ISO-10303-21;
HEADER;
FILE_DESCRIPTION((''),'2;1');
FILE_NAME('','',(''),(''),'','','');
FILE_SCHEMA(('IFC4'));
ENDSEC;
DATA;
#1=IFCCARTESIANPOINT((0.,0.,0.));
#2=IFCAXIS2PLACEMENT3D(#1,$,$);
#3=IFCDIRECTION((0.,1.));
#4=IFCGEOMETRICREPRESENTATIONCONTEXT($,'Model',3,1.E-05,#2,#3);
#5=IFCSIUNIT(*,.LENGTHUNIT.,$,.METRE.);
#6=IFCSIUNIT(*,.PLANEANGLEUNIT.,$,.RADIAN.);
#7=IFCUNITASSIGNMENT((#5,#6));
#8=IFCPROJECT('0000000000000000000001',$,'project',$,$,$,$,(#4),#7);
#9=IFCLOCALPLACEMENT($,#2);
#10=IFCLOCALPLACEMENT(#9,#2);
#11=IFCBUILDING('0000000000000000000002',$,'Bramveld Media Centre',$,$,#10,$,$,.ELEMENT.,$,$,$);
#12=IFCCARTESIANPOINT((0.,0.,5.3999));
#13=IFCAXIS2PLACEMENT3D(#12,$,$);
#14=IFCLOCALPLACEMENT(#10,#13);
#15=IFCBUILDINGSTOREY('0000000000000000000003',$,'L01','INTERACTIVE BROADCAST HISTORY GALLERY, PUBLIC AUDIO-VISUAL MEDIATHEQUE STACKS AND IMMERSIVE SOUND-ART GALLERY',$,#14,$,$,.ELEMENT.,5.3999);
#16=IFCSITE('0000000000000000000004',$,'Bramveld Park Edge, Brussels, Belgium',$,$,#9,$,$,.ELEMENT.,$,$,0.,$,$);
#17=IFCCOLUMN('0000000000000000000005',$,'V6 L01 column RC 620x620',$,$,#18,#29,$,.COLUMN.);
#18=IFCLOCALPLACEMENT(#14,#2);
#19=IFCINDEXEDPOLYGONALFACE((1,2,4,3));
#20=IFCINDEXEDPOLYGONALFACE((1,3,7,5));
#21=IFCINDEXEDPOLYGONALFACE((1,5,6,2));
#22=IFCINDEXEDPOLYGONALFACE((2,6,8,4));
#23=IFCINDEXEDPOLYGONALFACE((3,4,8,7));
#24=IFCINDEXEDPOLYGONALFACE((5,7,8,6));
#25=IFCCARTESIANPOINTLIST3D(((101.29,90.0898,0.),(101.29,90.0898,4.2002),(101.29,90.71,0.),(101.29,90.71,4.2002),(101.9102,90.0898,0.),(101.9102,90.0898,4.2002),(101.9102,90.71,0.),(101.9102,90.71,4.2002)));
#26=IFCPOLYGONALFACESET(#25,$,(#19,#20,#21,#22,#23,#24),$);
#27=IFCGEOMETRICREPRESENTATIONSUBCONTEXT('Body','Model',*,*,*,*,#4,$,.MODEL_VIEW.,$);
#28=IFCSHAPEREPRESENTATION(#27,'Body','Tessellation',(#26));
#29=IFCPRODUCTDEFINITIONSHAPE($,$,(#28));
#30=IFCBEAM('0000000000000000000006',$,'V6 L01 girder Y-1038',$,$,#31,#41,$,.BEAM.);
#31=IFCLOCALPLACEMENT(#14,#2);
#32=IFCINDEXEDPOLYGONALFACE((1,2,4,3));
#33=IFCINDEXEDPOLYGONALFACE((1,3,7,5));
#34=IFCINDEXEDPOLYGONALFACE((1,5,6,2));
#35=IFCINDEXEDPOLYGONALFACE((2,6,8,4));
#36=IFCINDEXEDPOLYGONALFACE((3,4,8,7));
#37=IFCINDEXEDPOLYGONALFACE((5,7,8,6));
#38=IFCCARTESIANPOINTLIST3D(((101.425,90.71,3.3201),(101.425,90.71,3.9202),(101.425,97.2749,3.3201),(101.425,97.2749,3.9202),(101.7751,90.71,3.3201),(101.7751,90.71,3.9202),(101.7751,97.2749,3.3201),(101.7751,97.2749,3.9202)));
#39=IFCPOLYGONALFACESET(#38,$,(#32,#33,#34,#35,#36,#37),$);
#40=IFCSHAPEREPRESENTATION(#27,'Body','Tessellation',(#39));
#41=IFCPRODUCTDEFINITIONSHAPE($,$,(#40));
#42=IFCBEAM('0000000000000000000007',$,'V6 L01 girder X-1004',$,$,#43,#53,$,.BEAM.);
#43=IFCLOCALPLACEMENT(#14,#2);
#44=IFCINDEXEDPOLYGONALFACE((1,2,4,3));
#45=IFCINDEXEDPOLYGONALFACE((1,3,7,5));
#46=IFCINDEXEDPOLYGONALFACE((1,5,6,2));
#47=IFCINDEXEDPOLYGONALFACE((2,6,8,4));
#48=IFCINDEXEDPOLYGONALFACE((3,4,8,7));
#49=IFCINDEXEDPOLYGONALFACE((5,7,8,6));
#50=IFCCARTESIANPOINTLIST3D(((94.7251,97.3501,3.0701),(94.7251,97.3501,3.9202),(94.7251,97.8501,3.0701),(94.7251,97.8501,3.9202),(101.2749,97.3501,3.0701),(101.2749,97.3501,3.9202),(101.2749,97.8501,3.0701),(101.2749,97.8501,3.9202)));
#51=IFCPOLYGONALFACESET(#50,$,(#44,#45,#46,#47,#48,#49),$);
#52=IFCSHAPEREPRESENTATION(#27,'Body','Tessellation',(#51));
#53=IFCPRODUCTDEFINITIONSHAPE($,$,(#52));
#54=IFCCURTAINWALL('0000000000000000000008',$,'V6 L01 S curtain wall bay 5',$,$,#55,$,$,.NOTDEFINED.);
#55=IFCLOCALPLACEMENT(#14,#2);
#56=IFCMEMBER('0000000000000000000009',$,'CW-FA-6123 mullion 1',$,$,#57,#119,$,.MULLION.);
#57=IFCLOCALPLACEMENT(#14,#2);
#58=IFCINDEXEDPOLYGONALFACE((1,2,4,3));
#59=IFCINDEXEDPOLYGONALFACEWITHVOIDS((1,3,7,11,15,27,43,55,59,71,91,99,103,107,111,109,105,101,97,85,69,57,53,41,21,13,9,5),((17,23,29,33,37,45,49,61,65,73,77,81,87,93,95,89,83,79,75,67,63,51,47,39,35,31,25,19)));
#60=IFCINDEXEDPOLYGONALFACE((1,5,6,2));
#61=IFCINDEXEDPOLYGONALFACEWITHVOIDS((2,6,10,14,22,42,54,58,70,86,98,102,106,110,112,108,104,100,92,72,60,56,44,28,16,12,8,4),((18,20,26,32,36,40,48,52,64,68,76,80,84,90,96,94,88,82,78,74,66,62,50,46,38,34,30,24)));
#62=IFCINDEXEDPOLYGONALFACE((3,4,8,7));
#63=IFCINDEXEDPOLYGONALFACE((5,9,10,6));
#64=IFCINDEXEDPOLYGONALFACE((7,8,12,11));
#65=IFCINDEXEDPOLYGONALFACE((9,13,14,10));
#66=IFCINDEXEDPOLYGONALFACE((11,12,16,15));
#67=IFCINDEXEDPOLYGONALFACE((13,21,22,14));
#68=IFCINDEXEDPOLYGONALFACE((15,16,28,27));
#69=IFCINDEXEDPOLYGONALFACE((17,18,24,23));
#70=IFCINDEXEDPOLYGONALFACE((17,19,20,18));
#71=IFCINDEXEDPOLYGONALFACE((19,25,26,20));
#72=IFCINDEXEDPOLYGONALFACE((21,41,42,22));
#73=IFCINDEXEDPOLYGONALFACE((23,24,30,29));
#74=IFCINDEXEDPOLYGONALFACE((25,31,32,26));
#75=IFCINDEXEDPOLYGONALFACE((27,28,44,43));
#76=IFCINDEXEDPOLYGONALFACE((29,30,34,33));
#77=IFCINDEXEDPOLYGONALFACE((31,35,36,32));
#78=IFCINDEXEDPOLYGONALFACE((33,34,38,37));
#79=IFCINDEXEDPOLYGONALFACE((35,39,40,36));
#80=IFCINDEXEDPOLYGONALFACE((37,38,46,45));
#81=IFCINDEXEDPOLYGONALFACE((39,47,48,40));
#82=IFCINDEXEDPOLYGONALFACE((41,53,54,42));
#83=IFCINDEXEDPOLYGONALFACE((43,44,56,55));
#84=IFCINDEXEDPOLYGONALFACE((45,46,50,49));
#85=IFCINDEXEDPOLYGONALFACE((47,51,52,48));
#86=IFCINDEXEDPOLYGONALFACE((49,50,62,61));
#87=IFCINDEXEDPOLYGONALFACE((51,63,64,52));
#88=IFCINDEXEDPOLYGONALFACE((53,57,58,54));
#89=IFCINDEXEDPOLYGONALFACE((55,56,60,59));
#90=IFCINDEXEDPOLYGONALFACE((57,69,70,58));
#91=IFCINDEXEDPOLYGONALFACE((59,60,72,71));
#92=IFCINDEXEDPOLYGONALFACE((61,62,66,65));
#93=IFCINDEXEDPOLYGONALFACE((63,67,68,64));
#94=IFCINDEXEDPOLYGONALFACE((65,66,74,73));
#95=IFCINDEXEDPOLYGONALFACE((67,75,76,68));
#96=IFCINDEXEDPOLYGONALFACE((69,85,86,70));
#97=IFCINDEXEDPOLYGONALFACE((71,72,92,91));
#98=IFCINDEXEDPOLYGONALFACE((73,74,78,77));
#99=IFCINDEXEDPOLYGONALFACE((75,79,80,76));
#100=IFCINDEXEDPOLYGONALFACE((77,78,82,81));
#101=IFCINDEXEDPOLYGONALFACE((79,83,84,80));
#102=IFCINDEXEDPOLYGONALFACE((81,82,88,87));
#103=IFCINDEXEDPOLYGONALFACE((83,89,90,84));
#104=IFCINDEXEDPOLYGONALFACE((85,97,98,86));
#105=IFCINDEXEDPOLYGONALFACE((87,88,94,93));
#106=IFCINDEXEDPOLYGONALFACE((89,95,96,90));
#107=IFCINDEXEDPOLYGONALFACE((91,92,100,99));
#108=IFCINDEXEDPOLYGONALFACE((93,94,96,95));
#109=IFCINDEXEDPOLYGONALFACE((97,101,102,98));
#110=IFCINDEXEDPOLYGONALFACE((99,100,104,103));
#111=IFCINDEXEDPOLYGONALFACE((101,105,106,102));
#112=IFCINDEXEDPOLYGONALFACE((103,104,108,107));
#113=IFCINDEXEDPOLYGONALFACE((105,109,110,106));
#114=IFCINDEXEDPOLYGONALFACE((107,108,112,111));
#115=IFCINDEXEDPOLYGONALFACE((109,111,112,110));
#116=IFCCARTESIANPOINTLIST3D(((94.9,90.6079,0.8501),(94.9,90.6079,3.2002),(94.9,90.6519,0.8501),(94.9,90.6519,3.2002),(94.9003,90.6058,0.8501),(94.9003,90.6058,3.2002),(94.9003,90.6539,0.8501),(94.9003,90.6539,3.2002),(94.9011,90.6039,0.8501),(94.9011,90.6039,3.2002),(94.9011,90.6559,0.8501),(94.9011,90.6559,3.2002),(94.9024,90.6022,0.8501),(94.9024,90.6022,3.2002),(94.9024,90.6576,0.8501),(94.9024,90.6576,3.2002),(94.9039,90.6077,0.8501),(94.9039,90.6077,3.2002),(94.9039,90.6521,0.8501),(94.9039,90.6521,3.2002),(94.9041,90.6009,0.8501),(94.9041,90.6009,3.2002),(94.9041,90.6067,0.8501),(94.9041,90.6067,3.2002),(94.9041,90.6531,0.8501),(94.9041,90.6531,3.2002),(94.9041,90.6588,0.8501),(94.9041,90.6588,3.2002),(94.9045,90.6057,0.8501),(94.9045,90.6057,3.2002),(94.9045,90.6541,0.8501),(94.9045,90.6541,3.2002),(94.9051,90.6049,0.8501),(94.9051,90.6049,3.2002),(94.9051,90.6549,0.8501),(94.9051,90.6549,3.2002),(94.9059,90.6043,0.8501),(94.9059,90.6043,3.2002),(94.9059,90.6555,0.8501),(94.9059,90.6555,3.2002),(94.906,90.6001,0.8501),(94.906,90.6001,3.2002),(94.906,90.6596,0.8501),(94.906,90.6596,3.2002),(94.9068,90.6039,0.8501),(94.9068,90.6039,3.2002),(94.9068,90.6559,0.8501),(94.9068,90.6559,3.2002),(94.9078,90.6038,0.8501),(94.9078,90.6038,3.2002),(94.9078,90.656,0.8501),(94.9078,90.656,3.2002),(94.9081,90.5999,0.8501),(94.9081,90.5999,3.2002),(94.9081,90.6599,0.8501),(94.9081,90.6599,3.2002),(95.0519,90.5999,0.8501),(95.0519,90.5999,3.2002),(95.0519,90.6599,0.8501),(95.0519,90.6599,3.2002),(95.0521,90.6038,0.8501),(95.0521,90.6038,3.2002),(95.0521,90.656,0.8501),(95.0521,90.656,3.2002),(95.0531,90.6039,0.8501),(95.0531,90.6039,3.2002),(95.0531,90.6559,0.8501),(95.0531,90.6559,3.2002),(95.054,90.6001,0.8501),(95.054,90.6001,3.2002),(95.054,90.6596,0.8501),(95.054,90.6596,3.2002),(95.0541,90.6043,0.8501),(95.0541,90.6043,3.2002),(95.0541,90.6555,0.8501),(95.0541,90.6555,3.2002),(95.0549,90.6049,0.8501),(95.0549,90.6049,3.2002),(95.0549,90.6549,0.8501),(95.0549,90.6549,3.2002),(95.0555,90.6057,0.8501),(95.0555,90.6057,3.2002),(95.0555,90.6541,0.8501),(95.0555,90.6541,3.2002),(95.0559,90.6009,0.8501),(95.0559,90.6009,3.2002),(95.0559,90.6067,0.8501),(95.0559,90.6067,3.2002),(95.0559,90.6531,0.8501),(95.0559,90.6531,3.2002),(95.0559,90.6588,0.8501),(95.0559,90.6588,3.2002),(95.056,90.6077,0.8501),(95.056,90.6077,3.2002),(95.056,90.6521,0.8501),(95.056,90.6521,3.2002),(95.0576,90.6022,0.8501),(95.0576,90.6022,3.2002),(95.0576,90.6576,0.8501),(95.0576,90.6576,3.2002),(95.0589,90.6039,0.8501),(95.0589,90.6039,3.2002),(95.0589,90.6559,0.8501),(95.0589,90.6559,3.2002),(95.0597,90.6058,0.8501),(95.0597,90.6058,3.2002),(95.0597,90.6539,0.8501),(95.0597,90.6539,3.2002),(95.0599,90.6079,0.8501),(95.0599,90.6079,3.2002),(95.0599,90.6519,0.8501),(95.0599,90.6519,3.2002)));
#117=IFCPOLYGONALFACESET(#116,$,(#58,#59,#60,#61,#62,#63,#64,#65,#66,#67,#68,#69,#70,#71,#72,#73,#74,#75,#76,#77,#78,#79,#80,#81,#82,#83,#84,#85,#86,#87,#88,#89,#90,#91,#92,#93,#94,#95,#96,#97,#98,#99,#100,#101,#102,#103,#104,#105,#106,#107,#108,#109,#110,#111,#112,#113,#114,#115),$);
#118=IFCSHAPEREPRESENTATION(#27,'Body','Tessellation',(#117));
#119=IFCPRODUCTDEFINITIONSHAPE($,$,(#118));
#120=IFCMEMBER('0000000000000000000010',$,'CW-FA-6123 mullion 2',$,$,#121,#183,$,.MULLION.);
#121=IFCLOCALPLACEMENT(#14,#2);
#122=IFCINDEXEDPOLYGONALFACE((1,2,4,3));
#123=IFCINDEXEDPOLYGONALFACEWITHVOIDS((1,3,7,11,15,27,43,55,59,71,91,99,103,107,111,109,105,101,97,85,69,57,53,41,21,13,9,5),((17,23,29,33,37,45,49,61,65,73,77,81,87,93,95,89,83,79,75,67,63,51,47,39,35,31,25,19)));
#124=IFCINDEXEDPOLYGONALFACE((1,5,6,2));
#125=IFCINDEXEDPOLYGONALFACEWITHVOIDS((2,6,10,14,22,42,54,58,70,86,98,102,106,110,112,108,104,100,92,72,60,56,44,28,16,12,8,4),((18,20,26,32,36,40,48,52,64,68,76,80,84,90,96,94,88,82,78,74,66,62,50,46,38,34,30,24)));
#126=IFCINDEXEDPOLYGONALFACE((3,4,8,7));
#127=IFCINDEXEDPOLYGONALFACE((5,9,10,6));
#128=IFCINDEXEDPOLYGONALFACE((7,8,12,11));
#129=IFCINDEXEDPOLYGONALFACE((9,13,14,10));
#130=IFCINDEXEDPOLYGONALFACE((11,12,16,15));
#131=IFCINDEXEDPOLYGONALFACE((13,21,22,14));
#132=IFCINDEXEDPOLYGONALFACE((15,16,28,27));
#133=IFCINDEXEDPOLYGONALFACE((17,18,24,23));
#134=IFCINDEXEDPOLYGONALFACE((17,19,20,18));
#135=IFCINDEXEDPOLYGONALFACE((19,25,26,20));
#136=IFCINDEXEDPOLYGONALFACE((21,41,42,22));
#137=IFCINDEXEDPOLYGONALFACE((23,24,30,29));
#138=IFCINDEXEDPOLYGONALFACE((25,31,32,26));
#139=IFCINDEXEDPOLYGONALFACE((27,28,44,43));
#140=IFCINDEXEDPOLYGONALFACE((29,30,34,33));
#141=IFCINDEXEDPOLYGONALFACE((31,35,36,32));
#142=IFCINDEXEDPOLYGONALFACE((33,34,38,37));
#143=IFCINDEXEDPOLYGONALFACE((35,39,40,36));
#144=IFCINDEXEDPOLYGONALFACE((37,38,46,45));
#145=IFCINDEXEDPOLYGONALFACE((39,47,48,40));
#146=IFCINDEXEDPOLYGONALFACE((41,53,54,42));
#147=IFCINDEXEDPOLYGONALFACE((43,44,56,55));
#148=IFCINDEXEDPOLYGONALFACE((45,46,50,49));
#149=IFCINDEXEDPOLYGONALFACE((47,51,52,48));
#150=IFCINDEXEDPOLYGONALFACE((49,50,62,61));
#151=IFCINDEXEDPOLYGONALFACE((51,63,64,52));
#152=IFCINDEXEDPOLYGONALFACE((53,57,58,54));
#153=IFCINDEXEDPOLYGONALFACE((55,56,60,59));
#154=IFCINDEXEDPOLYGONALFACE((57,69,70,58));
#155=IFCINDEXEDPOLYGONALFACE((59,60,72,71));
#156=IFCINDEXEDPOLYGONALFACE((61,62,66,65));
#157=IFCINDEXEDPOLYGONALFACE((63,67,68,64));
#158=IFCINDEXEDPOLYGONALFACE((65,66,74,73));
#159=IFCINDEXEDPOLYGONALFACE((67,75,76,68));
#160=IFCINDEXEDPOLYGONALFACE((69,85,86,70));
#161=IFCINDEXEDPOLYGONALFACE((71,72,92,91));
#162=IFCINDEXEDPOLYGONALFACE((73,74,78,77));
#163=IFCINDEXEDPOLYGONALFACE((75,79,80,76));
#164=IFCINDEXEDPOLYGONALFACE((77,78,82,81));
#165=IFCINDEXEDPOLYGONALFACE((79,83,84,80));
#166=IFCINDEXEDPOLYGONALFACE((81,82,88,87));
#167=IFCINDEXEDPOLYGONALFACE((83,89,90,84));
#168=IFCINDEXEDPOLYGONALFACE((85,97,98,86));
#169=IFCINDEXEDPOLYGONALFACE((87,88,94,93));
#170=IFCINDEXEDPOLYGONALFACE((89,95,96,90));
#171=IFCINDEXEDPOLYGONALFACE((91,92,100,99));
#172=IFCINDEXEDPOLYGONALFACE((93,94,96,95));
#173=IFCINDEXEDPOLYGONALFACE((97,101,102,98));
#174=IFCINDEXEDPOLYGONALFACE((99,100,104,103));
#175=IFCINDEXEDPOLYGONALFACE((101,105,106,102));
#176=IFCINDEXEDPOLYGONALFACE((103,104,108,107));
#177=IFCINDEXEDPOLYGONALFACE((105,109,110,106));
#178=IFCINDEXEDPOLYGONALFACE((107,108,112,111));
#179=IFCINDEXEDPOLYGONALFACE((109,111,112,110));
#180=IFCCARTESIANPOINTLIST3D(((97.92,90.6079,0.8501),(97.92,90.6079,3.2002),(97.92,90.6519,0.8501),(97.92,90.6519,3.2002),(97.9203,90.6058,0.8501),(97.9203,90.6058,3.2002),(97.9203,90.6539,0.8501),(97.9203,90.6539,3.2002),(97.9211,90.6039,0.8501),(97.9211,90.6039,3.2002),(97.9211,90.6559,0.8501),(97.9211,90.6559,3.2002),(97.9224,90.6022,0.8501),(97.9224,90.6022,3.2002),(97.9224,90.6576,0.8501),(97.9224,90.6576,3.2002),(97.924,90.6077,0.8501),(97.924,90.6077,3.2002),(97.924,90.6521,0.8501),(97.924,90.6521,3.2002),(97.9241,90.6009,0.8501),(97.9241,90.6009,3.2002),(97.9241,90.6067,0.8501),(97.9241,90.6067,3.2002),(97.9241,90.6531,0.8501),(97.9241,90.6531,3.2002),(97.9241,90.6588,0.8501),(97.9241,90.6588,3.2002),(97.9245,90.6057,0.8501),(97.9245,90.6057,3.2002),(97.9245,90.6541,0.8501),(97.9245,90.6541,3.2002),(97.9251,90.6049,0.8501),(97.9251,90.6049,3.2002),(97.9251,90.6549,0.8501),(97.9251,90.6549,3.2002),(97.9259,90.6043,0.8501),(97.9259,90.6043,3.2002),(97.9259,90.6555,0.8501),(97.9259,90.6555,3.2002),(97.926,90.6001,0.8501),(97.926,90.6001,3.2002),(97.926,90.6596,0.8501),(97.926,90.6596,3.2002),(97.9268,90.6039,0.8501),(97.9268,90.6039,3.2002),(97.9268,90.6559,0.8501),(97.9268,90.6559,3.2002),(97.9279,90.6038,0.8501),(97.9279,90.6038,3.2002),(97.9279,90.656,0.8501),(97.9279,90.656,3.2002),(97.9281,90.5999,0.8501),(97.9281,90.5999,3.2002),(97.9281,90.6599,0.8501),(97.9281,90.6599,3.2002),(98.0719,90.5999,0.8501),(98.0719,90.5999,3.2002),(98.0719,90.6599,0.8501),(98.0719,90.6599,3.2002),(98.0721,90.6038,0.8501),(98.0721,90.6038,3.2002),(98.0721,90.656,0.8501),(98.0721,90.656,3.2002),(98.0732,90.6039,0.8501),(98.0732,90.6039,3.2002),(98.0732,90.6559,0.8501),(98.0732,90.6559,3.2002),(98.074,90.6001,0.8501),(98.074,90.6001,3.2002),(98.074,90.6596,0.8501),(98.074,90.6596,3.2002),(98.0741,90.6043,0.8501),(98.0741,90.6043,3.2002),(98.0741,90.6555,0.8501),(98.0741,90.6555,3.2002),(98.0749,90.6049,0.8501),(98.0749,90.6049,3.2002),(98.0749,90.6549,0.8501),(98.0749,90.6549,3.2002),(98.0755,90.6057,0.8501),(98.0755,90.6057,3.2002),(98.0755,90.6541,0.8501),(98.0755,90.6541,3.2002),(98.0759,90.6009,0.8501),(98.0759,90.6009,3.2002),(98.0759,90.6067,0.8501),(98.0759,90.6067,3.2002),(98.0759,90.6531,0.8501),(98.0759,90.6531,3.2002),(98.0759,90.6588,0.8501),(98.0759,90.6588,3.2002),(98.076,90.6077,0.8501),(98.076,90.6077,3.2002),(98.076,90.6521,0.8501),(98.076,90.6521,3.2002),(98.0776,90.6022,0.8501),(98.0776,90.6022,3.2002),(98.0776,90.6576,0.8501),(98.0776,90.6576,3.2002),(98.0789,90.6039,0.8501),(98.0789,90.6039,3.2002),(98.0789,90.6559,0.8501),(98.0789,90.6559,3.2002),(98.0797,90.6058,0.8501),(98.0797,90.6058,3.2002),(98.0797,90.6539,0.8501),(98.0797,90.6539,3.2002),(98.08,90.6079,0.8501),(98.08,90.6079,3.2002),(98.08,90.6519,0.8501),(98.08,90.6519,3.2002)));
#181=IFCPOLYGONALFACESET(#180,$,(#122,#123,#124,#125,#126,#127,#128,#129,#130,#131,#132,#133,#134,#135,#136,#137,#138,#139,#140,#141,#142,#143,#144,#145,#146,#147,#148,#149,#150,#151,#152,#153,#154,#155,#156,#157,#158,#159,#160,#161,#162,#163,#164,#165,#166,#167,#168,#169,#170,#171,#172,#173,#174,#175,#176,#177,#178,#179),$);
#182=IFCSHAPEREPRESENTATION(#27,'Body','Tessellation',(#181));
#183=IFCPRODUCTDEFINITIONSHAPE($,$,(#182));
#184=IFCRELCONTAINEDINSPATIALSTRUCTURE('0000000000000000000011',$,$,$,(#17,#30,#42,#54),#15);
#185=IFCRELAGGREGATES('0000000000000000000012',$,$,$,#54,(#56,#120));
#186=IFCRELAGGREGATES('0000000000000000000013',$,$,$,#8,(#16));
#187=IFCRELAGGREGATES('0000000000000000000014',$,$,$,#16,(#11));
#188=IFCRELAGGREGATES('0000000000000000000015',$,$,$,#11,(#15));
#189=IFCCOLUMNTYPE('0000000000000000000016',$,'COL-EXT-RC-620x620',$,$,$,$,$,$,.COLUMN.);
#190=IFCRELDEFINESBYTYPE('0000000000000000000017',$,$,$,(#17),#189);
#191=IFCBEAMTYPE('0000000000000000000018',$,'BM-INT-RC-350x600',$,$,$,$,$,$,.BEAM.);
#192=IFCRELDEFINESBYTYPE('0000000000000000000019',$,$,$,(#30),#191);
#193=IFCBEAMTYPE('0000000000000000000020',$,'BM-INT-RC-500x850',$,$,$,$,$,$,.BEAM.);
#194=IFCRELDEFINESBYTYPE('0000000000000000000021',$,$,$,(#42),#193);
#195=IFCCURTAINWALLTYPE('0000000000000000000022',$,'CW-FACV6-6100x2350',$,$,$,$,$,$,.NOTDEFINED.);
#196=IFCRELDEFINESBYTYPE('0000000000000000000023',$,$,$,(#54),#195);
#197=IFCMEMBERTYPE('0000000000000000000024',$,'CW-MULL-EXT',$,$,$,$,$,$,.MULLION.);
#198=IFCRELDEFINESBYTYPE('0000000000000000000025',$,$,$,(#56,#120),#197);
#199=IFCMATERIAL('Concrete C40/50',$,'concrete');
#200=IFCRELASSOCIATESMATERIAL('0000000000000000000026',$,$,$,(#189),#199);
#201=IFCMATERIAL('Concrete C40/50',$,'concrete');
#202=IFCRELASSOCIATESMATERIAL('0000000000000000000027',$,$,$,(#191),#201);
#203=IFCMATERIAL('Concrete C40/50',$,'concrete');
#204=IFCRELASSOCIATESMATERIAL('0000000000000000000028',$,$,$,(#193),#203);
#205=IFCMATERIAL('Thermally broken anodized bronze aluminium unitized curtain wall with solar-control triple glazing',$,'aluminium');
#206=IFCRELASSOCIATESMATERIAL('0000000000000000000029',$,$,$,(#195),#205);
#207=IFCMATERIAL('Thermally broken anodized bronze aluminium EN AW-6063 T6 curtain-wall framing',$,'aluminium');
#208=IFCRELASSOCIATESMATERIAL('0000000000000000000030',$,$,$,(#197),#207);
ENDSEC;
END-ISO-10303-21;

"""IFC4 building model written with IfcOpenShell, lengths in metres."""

from ifc_helpers import new_model, si_unit, direction, frame, origin, origin_2d, place, context, subcontext, project, spatial, rectangle, hollow_rectangle, extrude, material, material_profile, profile_set, type_object, element, aggregate, save


model = new_model("IFC4")

# Units and contexts
model_context = context("Model", 3, precision=1e-05, world=origin(), true_north=direction((0.0, 1.0)))
body_context = subcontext(model_context, "Body", "Model", "MODEL_VIEW")
ifc_project = project(units=[si_unit("LENGTHUNIT", "METRE"), si_unit("PLANEANGLEUNIT", "RADIAN")], contexts=[model_context])

# Site, building, storey
site_placement = place(None, origin())
site = spatial("IfcSite", under=ifc_project, at=site_placement, Name="Bramveld Park Edge, Brussels, Belgium", CompositionType="ELEMENT", RefElevation=0.0)
building_placement = place(site_placement, origin())
building = spatial("IfcBuilding", under=site, at=building_placement, Name="Bramveld Media Centre", CompositionType="ELEMENT")
storey_placement = place(building_placement, frame((0.0, 0.0, 5.3999)))
storey = spatial("IfcBuildingStorey", under=building, at=storey_placement, Name="L01", Description="INTERACTIVE BROADCAST HISTORY GALLERY, PUBLIC AUDIO-VISUAL MEDIATHEQUE STACKS AND IMMERSIVE SOUND-ART GALLERY", CompositionType="ELEMENT", Elevation=5.3999)

# Column
ifc_material_1 = material(Name="Concrete C40/50", Category="concrete")
ifc_material_profile_1 = material_profile(ifc_material_1, rectangle(XDim=0.6201, YDim=0.6201, at=origin_2d()), Name="RC 620x620")
ifc_profile_set_1 = profile_set([ifc_material_profile_1], Name="Concrete C40/50")
column_type = type_object("IfcColumnType", Name="COL-EXT-RC-620x620", PredefinedType="COLUMN", material=ifc_profile_set_1)
column_placement = place(storey_placement, frame((101.6001, 90.3999, 0.0), z_axis=(0.0, 0.0, 1.0), x_axis=(1.0, 0.0, 0.0)))
element("IfcColumn", 1, at=column_placement, inside=storey, type_object=column_type, Name="V6 L01 column RC 620x620", PredefinedType="COLUMN", context=body_context, shape_type="SweptSolid", body=[
    extrude(rectangle(XDim=0.6201, YDim=0.6201, at=origin_2d()), origin(), (0.0, 0.0, 1.0), 4.2002),
])

# Beams
ifc_material_2 = material(Name="Concrete C40/50", Category="concrete")
ifc_material_profile_2 = material_profile(ifc_material_2, rectangle(XDim=0.3501, YDim=0.6001, at=origin_2d()), Name="RC 350x600")
ifc_profile_set_2 = profile_set([ifc_material_profile_2], Name="Concrete C40/50")
beam_type_1 = type_object("IfcBeamType", Name="BM-INT-RC-350x600", PredefinedType="BEAM", material=ifc_profile_set_2)
beam_1_placement = place(storey_placement, frame((101.6001, 90.71, 3.6201), z_axis=(0.0, 1.0, 0.0), x_axis=(-1.0, 0.0, 0.0)))
element("IfcBeam", 2, at=beam_1_placement, inside=storey, type_object=beam_type_1, Name="V6 L01 girder Y-1038", PredefinedType="BEAM", context=body_context, shape_type="SweptSolid", body=[
    extrude(rectangle(XDim=0.3501, YDim=0.6001, at=origin_2d()), origin(), (0.0, 0.0, 1.0), 6.5649),
])
ifc_material_3 = material(Name="Concrete C40/50", Category="concrete")
ifc_material_profile_3 = material_profile(ifc_material_3, rectangle(XDim=0.5, YDim=0.8501, at=origin_2d()), Name="RC 500x850")
ifc_profile_set_3 = profile_set([ifc_material_profile_3], Name="Concrete C40/50")
beam_type_2 = type_object("IfcBeamType", Name="BM-INT-RC-500x850", PredefinedType="BEAM", material=ifc_profile_set_3)
beam_2_placement = place(storey_placement, frame((94.7251, 97.6001, 3.4951), z_axis=(1.0, 0.0, 0.0), x_axis=(0.0, 1.0, 0.0)))
element("IfcBeam", 3, at=beam_2_placement, inside=storey, type_object=beam_type_2, Name="V6 L01 girder X-1004", PredefinedType="BEAM", context=body_context, shape_type="SweptSolid", body=[
    extrude(rectangle(XDim=0.5, YDim=0.8501, at=origin_2d()), origin(), (0.0, 0.0, 1.0), 6.5498),
])

# Curtain wall, members
ifc_material_4 = material(Name="Thermally broken anodized bronze aluminium unitized curtain wall with solar-control triple glazing", Category="aluminium")
curtain_wall_type = type_object("IfcCurtainWallType", Name="CW-FACV6-6100x2350", PredefinedType="NOTDEFINED", material=ifc_material_4)
curtain_wall_1_placement = place(storey_placement, origin())
curtain_wall_1 = element("IfcCurtainWall", 4, at=curtain_wall_1_placement, inside=storey, type_object=curtain_wall_type, Name="V6 L01 S curtain wall bay 5", PredefinedType="NOTDEFINED")
ifc_material_5 = material(Name="Thermally broken anodized bronze aluminium EN AW-6063 T6 curtain-wall framing", Category="aluminium")
ifc_material_profile_4 = material_profile(ifc_material_5, hollow_rectangle(XDim=0.0601, YDim=0.1599, WallThickness=0.0039, InnerFilletRadius=0.0039, OuterFilletRadius=0.0081, at=origin_2d()), Name="AL-MULL 60x160")
ifc_profile_set_4 = profile_set([ifc_material_profile_4], Name="Thermally broken anodized bronze aluminium EN AW-6063 T6 curtain-wall framing")
member_type_1 = type_object("IfcMemberType", Name="CW-MULL-EXT", PredefinedType="MULLION", material=ifc_profile_set_4)
member_1_placement = place(storey_placement, frame((94.98, 90.6299, 0.8501), z_axis=(0.0, 0.0, 1.0), x_axis=(0.0, 1.0, 0.0)))
member_1 = element("IfcMember", 5, at=member_1_placement, type_object=member_type_1, Name="CW-FA-6123 mullion 1", PredefinedType="MULLION", context=body_context, shape_type="SweptSolid", body=[
    extrude(hollow_rectangle(XDim=0.0601, YDim=0.1599, WallThickness=0.0039, InnerFilletRadius=0.0039, OuterFilletRadius=0.0081, at=origin_2d()), origin(), (0.0, 0.0, 1.0), 2.3501),
])
member_2_placement = place(storey_placement, frame((98.0, 90.6299, 0.8501), z_axis=(0.0, 0.0, 1.0), x_axis=(0.0, 1.0, 0.0)))
member_2 = element("IfcMember", 6, at=member_2_placement, type_object=member_type_1, Name="CW-FA-6123 mullion 2", PredefinedType="MULLION", context=body_context, shape_type="SweptSolid", body=[
    extrude(hollow_rectangle(XDim=0.0601, YDim=0.1599, WallThickness=0.0039, InnerFilletRadius=0.0039, OuterFilletRadius=0.0081, at=origin_2d()), origin(), (0.0, 0.0, 1.0), 2.3501),
])

aggregate(curtain_wall_1, [member_1, member_2])

save(model, "model.ifc")
